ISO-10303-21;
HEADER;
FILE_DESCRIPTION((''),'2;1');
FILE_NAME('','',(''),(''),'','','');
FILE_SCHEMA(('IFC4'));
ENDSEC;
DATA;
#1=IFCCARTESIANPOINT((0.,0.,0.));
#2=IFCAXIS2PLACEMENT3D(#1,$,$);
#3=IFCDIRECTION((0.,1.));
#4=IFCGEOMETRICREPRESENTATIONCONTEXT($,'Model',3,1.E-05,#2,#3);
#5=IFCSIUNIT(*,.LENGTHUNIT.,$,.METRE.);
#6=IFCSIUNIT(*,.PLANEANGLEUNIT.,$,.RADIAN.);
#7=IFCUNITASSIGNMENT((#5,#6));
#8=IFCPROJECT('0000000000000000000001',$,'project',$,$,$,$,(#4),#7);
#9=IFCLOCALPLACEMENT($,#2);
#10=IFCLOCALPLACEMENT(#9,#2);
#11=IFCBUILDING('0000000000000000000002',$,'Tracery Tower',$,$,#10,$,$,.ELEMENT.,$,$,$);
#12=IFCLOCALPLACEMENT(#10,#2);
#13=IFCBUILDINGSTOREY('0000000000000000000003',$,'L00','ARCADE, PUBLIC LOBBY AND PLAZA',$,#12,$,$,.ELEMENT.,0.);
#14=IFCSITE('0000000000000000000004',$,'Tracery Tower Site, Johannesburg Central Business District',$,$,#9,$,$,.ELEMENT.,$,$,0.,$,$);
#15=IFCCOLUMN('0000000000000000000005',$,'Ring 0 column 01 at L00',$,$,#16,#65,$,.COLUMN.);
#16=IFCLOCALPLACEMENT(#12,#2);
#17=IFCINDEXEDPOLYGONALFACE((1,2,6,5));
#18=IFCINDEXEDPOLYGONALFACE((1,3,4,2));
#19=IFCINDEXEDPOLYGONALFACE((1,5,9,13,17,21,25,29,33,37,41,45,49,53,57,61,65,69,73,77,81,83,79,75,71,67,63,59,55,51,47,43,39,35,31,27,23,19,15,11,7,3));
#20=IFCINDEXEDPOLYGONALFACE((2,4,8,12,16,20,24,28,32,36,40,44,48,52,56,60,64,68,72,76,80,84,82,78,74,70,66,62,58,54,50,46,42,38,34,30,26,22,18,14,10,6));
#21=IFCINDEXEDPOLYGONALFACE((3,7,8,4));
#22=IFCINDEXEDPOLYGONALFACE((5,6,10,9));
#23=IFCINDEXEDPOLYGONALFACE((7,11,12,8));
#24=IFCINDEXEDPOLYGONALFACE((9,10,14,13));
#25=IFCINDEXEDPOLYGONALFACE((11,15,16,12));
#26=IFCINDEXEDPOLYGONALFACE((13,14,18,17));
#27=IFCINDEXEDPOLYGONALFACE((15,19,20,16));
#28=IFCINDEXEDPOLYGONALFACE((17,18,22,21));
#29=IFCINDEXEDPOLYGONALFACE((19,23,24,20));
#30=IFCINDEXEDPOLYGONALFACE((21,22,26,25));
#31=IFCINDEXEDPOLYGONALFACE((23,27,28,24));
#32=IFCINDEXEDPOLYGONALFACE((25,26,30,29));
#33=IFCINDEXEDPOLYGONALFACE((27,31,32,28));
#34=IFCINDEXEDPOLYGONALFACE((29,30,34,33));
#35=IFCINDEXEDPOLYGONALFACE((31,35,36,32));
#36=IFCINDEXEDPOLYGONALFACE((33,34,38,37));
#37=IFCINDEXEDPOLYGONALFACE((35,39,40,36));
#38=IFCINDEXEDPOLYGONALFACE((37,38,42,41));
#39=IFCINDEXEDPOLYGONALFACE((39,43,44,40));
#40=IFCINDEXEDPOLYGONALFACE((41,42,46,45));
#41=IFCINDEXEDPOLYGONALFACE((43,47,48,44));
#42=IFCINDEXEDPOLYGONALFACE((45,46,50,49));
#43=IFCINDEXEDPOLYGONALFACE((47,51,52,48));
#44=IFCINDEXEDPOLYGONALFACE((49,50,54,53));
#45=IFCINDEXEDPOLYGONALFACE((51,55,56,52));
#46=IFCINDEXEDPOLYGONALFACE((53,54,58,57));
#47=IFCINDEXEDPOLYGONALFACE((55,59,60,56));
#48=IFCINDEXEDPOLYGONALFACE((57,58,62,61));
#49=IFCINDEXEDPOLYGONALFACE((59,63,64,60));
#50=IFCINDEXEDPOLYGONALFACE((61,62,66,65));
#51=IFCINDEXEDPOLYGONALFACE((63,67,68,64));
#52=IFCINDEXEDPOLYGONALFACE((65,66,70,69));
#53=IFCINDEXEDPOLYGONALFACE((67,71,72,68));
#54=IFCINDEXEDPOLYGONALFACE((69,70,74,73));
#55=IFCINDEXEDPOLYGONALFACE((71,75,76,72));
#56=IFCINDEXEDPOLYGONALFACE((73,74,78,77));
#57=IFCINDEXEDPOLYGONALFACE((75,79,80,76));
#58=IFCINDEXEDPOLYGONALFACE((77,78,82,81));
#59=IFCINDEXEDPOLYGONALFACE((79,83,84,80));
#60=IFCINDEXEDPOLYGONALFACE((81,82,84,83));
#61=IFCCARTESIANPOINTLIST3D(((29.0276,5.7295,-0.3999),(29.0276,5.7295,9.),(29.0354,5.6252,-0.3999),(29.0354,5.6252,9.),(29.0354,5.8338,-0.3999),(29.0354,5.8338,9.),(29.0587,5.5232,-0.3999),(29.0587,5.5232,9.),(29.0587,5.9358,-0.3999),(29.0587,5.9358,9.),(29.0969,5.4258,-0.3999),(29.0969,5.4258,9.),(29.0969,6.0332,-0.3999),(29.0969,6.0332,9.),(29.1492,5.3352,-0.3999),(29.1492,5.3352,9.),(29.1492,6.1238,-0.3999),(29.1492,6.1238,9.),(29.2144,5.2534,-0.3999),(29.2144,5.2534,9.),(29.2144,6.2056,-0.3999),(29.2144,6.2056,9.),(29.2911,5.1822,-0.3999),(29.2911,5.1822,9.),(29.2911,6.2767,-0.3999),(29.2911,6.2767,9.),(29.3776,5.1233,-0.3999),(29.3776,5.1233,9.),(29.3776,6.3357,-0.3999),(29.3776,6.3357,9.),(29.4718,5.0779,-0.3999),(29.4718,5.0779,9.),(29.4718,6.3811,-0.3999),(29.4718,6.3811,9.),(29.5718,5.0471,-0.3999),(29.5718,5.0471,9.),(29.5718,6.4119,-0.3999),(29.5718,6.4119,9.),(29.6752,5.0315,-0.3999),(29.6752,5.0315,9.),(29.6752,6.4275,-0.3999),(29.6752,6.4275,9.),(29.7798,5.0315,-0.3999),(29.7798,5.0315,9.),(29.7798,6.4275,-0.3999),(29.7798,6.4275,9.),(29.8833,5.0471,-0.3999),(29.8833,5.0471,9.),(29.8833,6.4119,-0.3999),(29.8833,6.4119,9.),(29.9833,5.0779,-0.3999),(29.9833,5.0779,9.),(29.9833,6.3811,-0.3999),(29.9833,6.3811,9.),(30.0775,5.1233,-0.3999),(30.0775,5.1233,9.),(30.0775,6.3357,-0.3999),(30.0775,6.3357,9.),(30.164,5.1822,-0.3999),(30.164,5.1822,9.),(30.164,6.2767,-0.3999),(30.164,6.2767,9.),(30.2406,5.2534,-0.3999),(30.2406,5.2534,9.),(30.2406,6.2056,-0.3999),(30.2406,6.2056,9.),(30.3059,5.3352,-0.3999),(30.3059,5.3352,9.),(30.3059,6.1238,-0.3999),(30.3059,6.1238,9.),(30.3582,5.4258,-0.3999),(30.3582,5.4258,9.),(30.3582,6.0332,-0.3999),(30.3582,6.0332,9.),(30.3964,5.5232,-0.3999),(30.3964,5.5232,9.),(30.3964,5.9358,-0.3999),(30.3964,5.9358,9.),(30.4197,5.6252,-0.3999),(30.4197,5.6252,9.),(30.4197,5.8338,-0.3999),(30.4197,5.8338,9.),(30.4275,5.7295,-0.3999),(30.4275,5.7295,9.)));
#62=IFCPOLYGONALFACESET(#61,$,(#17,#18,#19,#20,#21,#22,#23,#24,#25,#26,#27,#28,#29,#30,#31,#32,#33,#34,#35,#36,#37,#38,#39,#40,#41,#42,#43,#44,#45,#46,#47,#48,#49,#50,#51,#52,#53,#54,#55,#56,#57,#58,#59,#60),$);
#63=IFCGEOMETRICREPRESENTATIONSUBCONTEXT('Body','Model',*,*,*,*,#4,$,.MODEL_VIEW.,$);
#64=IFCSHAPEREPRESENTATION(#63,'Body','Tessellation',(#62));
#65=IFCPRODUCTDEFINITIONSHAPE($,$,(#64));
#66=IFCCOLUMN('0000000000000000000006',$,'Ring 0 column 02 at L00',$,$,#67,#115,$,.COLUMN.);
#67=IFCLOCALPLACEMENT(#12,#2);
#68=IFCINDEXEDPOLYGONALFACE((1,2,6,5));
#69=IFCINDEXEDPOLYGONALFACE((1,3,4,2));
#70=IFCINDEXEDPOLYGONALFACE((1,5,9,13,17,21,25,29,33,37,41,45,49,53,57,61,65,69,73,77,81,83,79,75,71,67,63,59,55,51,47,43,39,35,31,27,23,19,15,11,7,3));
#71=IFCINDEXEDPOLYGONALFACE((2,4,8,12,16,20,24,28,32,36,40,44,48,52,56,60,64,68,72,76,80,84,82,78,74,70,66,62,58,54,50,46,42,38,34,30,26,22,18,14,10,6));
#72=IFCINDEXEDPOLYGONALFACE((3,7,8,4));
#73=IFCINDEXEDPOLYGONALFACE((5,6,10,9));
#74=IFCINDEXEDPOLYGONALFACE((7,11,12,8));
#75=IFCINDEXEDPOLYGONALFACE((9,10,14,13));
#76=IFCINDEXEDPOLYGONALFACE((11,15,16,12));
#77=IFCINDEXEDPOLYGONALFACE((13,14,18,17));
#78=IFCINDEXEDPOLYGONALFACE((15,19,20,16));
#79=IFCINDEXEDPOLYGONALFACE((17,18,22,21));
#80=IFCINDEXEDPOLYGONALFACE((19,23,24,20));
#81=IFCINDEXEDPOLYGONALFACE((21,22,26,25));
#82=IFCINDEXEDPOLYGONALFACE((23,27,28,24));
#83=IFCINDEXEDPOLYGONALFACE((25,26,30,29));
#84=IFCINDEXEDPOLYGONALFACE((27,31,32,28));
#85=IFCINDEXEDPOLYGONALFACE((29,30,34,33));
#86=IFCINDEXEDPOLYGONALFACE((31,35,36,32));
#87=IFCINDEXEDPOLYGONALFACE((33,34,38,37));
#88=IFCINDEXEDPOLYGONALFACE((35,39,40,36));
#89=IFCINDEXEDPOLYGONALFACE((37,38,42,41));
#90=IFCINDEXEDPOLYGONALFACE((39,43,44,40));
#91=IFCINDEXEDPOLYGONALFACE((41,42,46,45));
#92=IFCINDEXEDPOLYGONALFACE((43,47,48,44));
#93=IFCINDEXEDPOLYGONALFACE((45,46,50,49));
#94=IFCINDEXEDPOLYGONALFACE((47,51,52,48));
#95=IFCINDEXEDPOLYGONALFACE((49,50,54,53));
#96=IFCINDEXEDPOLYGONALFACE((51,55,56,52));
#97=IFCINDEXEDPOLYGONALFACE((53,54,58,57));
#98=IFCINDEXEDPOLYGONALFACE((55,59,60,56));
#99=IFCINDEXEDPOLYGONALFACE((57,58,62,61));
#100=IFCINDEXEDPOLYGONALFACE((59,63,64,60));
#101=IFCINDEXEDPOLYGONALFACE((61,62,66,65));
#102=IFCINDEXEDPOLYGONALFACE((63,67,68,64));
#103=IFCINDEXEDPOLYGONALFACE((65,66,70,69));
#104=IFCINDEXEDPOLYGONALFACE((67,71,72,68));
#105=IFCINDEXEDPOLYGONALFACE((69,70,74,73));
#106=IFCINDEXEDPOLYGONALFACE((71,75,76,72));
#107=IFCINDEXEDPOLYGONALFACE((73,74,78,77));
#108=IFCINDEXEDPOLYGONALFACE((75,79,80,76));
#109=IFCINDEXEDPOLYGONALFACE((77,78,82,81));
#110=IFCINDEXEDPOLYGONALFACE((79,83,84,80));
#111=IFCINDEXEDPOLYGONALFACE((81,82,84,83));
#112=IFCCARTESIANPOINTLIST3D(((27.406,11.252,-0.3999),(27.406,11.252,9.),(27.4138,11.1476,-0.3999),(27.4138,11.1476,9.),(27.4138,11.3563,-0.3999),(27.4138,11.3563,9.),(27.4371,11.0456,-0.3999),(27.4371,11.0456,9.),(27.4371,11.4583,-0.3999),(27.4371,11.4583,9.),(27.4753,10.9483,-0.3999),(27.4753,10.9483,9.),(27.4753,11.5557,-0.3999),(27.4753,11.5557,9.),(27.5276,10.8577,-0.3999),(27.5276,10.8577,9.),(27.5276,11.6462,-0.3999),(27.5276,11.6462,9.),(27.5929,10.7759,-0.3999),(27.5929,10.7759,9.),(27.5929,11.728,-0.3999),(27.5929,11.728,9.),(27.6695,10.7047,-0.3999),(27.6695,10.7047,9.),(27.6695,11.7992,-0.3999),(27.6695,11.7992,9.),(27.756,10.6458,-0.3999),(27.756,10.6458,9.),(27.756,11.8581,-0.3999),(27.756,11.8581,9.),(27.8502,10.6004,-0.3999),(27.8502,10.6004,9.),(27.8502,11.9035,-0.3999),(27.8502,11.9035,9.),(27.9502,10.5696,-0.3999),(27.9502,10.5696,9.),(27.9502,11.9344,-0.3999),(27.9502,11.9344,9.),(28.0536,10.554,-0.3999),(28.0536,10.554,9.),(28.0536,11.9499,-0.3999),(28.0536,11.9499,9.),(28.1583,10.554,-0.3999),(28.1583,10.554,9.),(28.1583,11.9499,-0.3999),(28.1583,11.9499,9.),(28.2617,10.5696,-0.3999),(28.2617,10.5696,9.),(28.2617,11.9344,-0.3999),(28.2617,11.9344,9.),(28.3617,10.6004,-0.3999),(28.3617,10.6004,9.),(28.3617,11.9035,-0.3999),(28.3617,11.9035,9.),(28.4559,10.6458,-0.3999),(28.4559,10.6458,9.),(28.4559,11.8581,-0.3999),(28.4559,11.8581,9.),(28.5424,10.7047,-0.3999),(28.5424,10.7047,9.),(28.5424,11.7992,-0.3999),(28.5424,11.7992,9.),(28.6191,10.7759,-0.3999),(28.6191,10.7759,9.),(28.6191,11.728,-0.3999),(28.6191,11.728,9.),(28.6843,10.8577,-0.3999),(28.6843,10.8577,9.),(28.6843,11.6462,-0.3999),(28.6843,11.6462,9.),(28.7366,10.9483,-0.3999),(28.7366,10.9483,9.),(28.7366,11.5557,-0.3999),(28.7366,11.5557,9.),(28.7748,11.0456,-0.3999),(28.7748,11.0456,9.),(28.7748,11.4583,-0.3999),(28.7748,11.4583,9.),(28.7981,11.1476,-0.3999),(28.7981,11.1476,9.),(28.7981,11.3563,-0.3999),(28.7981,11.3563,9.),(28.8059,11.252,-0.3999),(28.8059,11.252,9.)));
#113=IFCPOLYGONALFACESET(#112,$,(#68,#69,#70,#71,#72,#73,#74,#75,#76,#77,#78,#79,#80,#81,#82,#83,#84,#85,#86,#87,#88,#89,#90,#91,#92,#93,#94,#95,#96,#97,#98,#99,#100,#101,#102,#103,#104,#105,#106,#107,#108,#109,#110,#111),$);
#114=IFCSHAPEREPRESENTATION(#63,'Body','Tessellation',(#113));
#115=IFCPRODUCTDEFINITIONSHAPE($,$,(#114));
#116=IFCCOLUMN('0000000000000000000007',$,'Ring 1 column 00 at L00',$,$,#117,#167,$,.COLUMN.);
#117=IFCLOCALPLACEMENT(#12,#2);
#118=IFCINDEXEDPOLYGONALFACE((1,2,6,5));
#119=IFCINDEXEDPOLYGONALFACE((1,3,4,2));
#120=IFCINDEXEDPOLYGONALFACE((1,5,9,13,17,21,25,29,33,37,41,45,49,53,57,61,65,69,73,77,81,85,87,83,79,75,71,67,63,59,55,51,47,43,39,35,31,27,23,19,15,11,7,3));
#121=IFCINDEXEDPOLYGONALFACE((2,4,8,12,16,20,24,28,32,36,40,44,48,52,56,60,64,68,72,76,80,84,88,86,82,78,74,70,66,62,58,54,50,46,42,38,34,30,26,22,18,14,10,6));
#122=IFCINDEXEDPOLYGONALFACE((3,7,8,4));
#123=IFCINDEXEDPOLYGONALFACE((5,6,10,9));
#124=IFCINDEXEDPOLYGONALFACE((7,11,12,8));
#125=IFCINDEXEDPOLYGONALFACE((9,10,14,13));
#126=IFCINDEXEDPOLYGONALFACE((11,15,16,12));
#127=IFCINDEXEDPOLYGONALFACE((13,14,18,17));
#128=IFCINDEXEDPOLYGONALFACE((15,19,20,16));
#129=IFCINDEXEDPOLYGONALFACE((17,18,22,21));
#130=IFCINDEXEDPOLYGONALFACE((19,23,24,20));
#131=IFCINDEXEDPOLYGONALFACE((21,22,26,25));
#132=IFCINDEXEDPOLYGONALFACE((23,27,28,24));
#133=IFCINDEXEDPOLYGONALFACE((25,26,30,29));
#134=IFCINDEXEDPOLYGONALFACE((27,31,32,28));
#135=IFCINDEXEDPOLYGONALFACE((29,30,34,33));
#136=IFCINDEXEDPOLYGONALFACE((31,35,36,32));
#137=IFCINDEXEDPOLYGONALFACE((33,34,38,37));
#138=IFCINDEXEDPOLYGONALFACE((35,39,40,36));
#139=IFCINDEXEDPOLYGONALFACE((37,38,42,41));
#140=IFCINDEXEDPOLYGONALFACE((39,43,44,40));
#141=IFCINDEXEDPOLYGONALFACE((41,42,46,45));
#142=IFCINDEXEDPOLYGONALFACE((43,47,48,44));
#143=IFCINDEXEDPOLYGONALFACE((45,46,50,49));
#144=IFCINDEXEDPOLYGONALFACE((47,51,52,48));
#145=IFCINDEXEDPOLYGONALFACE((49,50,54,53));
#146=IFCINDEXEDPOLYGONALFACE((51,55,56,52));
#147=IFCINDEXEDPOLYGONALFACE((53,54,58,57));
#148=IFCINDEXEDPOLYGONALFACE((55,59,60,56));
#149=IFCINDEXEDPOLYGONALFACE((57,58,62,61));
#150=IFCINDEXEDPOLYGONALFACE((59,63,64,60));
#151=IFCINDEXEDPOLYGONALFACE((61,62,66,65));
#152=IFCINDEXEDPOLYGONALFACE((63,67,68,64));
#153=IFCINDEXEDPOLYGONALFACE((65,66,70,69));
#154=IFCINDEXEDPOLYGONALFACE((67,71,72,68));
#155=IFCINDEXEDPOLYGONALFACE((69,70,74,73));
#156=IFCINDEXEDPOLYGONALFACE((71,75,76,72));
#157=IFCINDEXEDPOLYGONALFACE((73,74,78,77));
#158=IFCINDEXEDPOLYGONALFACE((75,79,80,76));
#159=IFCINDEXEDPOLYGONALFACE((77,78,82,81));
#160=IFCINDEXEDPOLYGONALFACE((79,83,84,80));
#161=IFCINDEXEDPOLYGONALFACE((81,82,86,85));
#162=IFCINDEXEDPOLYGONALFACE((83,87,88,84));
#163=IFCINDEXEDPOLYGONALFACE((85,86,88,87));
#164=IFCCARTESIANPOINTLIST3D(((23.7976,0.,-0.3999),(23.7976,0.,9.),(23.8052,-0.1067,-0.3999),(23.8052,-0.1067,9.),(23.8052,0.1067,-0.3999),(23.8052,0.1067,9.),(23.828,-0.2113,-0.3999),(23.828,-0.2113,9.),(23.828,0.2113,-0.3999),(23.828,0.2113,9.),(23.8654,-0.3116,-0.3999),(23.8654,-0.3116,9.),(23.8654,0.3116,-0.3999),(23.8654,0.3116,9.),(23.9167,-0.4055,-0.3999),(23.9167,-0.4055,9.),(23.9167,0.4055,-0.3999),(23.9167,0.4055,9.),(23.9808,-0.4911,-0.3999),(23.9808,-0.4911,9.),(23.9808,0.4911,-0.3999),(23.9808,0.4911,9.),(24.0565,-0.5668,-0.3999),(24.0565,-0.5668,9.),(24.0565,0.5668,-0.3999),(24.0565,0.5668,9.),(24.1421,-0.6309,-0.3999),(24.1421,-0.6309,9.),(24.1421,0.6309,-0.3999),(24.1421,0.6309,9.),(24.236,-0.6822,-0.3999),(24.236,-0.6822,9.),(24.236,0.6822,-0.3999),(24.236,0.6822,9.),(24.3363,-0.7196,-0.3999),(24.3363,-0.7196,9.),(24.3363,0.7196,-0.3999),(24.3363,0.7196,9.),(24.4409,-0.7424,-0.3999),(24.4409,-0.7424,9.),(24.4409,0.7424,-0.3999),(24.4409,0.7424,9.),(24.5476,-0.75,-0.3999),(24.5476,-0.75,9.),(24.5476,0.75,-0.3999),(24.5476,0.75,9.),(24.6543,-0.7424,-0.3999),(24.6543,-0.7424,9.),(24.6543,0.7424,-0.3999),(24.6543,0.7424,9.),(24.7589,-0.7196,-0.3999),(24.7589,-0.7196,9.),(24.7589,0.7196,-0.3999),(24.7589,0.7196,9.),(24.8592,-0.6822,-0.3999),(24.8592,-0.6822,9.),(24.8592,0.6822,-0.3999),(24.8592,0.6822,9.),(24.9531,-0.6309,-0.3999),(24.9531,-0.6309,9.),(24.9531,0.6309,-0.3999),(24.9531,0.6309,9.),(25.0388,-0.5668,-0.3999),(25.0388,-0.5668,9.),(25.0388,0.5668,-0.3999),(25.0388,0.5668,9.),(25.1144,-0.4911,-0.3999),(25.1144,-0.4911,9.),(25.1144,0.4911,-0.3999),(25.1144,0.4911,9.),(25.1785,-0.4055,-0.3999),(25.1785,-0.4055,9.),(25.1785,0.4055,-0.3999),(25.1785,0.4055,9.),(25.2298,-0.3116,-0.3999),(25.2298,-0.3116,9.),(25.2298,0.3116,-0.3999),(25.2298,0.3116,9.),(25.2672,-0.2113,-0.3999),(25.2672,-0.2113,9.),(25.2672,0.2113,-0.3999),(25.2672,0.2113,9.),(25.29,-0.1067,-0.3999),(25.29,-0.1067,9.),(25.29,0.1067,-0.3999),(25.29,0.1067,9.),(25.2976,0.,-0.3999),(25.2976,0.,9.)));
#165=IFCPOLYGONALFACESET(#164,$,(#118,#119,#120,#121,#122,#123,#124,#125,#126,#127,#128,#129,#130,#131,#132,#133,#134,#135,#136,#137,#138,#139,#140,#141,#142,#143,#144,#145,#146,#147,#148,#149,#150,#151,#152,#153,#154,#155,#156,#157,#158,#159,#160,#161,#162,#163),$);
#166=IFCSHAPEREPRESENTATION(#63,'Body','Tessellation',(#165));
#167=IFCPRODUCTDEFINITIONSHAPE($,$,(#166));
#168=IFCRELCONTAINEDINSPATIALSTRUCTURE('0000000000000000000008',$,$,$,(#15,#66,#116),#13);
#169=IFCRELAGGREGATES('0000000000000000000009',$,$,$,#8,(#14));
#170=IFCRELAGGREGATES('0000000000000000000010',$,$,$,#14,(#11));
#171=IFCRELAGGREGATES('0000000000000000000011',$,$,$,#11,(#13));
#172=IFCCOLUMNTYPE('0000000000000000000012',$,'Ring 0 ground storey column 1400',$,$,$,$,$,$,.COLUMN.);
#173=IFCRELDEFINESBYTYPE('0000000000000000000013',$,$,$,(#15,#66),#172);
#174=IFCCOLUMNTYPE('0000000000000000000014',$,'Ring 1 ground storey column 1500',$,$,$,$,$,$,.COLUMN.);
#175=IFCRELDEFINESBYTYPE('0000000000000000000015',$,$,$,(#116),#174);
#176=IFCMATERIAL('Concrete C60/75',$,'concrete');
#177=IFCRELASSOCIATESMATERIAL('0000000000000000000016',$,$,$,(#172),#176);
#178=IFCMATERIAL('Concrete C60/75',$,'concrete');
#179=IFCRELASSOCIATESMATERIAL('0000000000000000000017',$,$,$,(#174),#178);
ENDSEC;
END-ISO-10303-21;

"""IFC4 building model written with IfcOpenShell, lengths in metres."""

from ifc_helpers import new_model, si_unit, direction, frame, origin, origin_2d, place, context, subcontext, project, spatial, circle, extrude, material, material_profile, profile_set, type_object, element, save


model = new_model("IFC4")

# Units and contexts
model_context = context("Model", 3, precision=1e-05, world=origin(), true_north=direction((0.0, 1.0)))
body_context = subcontext(model_context, "Body", "Model", "MODEL_VIEW")
ifc_project = project(units=[si_unit("LENGTHUNIT", "METRE"), si_unit("PLANEANGLEUNIT", "RADIAN")], contexts=[model_context])

# Site, building, storey
site_placement = place(None, origin())
site = spatial("IfcSite", under=ifc_project, at=site_placement, Name="Tracery Tower Site, Johannesburg Central Business District", CompositionType="ELEMENT", RefElevation=0.0)
building_placement = place(site_placement, origin())
building = spatial("IfcBuilding", under=site, at=building_placement, Name="Tracery Tower", CompositionType="ELEMENT")
storey_placement = place(building_placement, origin())
storey = spatial("IfcBuildingStorey", under=building, at=storey_placement, Name="L00", Description="ARCADE, PUBLIC LOBBY AND PLAZA", CompositionType="ELEMENT", Elevation=0.0)

# Columns
ifc_material_1 = material(Name="Concrete C60/75", Category="concrete")
ifc_material_profile_1 = material_profile(ifc_material_1, circle(Radius=0.7, at=origin_2d()), Name="RC D1400")
ifc_profile_set_1 = profile_set([ifc_material_profile_1], Name="Concrete C60/75")
column_type_1 = type_object("IfcColumnType", Name="Ring 0 ground storey column 1400", PredefinedType="COLUMN", material=ifc_profile_set_1)
for number, where, z_axis, x_axis, name in (
    (1, (29.7275, 5.7295, -0.3999), (0.0, 0.0, 1.0), (1.0, 0.0, 0.0), "Ring 0 column 01 at L00"),
    (2, (28.106, 11.252, -0.3999), (0.0, 0.0, 1.0), (1.0, 0.0, 0.0), "Ring 0 column 02 at L00"),
):
    element("IfcColumn", number, at=place(storey_placement, frame(where, z_axis=z_axis, x_axis=x_axis)), inside=storey, type_object=column_type_1, Name=name, PredefinedType="COLUMN", context=body_context, shape_type="SweptSolid", body=[
        extrude(circle(Radius=0.7, at=origin_2d()), origin(), (0.0, 0.0, 1.0), 9.3999),
    ])
ifc_material_2 = material(Name="Concrete C60/75", Category="concrete")
ifc_material_profile_2 = material_profile(ifc_material_2, circle(Radius=0.75, at=origin_2d()), Name="RC D1500")
ifc_profile_set_2 = profile_set([ifc_material_profile_2], Name="Concrete C60/75")
column_type_2 = type_object("IfcColumnType", Name="Ring 1 ground storey column 1500", PredefinedType="COLUMN", material=ifc_profile_set_2)
for number, where, z_axis, x_axis, name in (
    (3, (24.5476, 0.0, -0.3999), (0.0, 0.0, 1.0), (1.0, 0.0, 0.0), "Ring 1 column 00 at L00"),
):
    element("IfcColumn", number, at=place(storey_placement, frame(where, z_axis=z_axis, x_axis=x_axis)), inside=storey, type_object=column_type_2, Name=name, PredefinedType="COLUMN", context=body_context, shape_type="SweptSolid", body=[
        extrude(circle(Radius=0.75, at=origin_2d()), origin(), (0.0, 0.0, 1.0), 9.3999),
    ])

save(model, "model.ifc")
